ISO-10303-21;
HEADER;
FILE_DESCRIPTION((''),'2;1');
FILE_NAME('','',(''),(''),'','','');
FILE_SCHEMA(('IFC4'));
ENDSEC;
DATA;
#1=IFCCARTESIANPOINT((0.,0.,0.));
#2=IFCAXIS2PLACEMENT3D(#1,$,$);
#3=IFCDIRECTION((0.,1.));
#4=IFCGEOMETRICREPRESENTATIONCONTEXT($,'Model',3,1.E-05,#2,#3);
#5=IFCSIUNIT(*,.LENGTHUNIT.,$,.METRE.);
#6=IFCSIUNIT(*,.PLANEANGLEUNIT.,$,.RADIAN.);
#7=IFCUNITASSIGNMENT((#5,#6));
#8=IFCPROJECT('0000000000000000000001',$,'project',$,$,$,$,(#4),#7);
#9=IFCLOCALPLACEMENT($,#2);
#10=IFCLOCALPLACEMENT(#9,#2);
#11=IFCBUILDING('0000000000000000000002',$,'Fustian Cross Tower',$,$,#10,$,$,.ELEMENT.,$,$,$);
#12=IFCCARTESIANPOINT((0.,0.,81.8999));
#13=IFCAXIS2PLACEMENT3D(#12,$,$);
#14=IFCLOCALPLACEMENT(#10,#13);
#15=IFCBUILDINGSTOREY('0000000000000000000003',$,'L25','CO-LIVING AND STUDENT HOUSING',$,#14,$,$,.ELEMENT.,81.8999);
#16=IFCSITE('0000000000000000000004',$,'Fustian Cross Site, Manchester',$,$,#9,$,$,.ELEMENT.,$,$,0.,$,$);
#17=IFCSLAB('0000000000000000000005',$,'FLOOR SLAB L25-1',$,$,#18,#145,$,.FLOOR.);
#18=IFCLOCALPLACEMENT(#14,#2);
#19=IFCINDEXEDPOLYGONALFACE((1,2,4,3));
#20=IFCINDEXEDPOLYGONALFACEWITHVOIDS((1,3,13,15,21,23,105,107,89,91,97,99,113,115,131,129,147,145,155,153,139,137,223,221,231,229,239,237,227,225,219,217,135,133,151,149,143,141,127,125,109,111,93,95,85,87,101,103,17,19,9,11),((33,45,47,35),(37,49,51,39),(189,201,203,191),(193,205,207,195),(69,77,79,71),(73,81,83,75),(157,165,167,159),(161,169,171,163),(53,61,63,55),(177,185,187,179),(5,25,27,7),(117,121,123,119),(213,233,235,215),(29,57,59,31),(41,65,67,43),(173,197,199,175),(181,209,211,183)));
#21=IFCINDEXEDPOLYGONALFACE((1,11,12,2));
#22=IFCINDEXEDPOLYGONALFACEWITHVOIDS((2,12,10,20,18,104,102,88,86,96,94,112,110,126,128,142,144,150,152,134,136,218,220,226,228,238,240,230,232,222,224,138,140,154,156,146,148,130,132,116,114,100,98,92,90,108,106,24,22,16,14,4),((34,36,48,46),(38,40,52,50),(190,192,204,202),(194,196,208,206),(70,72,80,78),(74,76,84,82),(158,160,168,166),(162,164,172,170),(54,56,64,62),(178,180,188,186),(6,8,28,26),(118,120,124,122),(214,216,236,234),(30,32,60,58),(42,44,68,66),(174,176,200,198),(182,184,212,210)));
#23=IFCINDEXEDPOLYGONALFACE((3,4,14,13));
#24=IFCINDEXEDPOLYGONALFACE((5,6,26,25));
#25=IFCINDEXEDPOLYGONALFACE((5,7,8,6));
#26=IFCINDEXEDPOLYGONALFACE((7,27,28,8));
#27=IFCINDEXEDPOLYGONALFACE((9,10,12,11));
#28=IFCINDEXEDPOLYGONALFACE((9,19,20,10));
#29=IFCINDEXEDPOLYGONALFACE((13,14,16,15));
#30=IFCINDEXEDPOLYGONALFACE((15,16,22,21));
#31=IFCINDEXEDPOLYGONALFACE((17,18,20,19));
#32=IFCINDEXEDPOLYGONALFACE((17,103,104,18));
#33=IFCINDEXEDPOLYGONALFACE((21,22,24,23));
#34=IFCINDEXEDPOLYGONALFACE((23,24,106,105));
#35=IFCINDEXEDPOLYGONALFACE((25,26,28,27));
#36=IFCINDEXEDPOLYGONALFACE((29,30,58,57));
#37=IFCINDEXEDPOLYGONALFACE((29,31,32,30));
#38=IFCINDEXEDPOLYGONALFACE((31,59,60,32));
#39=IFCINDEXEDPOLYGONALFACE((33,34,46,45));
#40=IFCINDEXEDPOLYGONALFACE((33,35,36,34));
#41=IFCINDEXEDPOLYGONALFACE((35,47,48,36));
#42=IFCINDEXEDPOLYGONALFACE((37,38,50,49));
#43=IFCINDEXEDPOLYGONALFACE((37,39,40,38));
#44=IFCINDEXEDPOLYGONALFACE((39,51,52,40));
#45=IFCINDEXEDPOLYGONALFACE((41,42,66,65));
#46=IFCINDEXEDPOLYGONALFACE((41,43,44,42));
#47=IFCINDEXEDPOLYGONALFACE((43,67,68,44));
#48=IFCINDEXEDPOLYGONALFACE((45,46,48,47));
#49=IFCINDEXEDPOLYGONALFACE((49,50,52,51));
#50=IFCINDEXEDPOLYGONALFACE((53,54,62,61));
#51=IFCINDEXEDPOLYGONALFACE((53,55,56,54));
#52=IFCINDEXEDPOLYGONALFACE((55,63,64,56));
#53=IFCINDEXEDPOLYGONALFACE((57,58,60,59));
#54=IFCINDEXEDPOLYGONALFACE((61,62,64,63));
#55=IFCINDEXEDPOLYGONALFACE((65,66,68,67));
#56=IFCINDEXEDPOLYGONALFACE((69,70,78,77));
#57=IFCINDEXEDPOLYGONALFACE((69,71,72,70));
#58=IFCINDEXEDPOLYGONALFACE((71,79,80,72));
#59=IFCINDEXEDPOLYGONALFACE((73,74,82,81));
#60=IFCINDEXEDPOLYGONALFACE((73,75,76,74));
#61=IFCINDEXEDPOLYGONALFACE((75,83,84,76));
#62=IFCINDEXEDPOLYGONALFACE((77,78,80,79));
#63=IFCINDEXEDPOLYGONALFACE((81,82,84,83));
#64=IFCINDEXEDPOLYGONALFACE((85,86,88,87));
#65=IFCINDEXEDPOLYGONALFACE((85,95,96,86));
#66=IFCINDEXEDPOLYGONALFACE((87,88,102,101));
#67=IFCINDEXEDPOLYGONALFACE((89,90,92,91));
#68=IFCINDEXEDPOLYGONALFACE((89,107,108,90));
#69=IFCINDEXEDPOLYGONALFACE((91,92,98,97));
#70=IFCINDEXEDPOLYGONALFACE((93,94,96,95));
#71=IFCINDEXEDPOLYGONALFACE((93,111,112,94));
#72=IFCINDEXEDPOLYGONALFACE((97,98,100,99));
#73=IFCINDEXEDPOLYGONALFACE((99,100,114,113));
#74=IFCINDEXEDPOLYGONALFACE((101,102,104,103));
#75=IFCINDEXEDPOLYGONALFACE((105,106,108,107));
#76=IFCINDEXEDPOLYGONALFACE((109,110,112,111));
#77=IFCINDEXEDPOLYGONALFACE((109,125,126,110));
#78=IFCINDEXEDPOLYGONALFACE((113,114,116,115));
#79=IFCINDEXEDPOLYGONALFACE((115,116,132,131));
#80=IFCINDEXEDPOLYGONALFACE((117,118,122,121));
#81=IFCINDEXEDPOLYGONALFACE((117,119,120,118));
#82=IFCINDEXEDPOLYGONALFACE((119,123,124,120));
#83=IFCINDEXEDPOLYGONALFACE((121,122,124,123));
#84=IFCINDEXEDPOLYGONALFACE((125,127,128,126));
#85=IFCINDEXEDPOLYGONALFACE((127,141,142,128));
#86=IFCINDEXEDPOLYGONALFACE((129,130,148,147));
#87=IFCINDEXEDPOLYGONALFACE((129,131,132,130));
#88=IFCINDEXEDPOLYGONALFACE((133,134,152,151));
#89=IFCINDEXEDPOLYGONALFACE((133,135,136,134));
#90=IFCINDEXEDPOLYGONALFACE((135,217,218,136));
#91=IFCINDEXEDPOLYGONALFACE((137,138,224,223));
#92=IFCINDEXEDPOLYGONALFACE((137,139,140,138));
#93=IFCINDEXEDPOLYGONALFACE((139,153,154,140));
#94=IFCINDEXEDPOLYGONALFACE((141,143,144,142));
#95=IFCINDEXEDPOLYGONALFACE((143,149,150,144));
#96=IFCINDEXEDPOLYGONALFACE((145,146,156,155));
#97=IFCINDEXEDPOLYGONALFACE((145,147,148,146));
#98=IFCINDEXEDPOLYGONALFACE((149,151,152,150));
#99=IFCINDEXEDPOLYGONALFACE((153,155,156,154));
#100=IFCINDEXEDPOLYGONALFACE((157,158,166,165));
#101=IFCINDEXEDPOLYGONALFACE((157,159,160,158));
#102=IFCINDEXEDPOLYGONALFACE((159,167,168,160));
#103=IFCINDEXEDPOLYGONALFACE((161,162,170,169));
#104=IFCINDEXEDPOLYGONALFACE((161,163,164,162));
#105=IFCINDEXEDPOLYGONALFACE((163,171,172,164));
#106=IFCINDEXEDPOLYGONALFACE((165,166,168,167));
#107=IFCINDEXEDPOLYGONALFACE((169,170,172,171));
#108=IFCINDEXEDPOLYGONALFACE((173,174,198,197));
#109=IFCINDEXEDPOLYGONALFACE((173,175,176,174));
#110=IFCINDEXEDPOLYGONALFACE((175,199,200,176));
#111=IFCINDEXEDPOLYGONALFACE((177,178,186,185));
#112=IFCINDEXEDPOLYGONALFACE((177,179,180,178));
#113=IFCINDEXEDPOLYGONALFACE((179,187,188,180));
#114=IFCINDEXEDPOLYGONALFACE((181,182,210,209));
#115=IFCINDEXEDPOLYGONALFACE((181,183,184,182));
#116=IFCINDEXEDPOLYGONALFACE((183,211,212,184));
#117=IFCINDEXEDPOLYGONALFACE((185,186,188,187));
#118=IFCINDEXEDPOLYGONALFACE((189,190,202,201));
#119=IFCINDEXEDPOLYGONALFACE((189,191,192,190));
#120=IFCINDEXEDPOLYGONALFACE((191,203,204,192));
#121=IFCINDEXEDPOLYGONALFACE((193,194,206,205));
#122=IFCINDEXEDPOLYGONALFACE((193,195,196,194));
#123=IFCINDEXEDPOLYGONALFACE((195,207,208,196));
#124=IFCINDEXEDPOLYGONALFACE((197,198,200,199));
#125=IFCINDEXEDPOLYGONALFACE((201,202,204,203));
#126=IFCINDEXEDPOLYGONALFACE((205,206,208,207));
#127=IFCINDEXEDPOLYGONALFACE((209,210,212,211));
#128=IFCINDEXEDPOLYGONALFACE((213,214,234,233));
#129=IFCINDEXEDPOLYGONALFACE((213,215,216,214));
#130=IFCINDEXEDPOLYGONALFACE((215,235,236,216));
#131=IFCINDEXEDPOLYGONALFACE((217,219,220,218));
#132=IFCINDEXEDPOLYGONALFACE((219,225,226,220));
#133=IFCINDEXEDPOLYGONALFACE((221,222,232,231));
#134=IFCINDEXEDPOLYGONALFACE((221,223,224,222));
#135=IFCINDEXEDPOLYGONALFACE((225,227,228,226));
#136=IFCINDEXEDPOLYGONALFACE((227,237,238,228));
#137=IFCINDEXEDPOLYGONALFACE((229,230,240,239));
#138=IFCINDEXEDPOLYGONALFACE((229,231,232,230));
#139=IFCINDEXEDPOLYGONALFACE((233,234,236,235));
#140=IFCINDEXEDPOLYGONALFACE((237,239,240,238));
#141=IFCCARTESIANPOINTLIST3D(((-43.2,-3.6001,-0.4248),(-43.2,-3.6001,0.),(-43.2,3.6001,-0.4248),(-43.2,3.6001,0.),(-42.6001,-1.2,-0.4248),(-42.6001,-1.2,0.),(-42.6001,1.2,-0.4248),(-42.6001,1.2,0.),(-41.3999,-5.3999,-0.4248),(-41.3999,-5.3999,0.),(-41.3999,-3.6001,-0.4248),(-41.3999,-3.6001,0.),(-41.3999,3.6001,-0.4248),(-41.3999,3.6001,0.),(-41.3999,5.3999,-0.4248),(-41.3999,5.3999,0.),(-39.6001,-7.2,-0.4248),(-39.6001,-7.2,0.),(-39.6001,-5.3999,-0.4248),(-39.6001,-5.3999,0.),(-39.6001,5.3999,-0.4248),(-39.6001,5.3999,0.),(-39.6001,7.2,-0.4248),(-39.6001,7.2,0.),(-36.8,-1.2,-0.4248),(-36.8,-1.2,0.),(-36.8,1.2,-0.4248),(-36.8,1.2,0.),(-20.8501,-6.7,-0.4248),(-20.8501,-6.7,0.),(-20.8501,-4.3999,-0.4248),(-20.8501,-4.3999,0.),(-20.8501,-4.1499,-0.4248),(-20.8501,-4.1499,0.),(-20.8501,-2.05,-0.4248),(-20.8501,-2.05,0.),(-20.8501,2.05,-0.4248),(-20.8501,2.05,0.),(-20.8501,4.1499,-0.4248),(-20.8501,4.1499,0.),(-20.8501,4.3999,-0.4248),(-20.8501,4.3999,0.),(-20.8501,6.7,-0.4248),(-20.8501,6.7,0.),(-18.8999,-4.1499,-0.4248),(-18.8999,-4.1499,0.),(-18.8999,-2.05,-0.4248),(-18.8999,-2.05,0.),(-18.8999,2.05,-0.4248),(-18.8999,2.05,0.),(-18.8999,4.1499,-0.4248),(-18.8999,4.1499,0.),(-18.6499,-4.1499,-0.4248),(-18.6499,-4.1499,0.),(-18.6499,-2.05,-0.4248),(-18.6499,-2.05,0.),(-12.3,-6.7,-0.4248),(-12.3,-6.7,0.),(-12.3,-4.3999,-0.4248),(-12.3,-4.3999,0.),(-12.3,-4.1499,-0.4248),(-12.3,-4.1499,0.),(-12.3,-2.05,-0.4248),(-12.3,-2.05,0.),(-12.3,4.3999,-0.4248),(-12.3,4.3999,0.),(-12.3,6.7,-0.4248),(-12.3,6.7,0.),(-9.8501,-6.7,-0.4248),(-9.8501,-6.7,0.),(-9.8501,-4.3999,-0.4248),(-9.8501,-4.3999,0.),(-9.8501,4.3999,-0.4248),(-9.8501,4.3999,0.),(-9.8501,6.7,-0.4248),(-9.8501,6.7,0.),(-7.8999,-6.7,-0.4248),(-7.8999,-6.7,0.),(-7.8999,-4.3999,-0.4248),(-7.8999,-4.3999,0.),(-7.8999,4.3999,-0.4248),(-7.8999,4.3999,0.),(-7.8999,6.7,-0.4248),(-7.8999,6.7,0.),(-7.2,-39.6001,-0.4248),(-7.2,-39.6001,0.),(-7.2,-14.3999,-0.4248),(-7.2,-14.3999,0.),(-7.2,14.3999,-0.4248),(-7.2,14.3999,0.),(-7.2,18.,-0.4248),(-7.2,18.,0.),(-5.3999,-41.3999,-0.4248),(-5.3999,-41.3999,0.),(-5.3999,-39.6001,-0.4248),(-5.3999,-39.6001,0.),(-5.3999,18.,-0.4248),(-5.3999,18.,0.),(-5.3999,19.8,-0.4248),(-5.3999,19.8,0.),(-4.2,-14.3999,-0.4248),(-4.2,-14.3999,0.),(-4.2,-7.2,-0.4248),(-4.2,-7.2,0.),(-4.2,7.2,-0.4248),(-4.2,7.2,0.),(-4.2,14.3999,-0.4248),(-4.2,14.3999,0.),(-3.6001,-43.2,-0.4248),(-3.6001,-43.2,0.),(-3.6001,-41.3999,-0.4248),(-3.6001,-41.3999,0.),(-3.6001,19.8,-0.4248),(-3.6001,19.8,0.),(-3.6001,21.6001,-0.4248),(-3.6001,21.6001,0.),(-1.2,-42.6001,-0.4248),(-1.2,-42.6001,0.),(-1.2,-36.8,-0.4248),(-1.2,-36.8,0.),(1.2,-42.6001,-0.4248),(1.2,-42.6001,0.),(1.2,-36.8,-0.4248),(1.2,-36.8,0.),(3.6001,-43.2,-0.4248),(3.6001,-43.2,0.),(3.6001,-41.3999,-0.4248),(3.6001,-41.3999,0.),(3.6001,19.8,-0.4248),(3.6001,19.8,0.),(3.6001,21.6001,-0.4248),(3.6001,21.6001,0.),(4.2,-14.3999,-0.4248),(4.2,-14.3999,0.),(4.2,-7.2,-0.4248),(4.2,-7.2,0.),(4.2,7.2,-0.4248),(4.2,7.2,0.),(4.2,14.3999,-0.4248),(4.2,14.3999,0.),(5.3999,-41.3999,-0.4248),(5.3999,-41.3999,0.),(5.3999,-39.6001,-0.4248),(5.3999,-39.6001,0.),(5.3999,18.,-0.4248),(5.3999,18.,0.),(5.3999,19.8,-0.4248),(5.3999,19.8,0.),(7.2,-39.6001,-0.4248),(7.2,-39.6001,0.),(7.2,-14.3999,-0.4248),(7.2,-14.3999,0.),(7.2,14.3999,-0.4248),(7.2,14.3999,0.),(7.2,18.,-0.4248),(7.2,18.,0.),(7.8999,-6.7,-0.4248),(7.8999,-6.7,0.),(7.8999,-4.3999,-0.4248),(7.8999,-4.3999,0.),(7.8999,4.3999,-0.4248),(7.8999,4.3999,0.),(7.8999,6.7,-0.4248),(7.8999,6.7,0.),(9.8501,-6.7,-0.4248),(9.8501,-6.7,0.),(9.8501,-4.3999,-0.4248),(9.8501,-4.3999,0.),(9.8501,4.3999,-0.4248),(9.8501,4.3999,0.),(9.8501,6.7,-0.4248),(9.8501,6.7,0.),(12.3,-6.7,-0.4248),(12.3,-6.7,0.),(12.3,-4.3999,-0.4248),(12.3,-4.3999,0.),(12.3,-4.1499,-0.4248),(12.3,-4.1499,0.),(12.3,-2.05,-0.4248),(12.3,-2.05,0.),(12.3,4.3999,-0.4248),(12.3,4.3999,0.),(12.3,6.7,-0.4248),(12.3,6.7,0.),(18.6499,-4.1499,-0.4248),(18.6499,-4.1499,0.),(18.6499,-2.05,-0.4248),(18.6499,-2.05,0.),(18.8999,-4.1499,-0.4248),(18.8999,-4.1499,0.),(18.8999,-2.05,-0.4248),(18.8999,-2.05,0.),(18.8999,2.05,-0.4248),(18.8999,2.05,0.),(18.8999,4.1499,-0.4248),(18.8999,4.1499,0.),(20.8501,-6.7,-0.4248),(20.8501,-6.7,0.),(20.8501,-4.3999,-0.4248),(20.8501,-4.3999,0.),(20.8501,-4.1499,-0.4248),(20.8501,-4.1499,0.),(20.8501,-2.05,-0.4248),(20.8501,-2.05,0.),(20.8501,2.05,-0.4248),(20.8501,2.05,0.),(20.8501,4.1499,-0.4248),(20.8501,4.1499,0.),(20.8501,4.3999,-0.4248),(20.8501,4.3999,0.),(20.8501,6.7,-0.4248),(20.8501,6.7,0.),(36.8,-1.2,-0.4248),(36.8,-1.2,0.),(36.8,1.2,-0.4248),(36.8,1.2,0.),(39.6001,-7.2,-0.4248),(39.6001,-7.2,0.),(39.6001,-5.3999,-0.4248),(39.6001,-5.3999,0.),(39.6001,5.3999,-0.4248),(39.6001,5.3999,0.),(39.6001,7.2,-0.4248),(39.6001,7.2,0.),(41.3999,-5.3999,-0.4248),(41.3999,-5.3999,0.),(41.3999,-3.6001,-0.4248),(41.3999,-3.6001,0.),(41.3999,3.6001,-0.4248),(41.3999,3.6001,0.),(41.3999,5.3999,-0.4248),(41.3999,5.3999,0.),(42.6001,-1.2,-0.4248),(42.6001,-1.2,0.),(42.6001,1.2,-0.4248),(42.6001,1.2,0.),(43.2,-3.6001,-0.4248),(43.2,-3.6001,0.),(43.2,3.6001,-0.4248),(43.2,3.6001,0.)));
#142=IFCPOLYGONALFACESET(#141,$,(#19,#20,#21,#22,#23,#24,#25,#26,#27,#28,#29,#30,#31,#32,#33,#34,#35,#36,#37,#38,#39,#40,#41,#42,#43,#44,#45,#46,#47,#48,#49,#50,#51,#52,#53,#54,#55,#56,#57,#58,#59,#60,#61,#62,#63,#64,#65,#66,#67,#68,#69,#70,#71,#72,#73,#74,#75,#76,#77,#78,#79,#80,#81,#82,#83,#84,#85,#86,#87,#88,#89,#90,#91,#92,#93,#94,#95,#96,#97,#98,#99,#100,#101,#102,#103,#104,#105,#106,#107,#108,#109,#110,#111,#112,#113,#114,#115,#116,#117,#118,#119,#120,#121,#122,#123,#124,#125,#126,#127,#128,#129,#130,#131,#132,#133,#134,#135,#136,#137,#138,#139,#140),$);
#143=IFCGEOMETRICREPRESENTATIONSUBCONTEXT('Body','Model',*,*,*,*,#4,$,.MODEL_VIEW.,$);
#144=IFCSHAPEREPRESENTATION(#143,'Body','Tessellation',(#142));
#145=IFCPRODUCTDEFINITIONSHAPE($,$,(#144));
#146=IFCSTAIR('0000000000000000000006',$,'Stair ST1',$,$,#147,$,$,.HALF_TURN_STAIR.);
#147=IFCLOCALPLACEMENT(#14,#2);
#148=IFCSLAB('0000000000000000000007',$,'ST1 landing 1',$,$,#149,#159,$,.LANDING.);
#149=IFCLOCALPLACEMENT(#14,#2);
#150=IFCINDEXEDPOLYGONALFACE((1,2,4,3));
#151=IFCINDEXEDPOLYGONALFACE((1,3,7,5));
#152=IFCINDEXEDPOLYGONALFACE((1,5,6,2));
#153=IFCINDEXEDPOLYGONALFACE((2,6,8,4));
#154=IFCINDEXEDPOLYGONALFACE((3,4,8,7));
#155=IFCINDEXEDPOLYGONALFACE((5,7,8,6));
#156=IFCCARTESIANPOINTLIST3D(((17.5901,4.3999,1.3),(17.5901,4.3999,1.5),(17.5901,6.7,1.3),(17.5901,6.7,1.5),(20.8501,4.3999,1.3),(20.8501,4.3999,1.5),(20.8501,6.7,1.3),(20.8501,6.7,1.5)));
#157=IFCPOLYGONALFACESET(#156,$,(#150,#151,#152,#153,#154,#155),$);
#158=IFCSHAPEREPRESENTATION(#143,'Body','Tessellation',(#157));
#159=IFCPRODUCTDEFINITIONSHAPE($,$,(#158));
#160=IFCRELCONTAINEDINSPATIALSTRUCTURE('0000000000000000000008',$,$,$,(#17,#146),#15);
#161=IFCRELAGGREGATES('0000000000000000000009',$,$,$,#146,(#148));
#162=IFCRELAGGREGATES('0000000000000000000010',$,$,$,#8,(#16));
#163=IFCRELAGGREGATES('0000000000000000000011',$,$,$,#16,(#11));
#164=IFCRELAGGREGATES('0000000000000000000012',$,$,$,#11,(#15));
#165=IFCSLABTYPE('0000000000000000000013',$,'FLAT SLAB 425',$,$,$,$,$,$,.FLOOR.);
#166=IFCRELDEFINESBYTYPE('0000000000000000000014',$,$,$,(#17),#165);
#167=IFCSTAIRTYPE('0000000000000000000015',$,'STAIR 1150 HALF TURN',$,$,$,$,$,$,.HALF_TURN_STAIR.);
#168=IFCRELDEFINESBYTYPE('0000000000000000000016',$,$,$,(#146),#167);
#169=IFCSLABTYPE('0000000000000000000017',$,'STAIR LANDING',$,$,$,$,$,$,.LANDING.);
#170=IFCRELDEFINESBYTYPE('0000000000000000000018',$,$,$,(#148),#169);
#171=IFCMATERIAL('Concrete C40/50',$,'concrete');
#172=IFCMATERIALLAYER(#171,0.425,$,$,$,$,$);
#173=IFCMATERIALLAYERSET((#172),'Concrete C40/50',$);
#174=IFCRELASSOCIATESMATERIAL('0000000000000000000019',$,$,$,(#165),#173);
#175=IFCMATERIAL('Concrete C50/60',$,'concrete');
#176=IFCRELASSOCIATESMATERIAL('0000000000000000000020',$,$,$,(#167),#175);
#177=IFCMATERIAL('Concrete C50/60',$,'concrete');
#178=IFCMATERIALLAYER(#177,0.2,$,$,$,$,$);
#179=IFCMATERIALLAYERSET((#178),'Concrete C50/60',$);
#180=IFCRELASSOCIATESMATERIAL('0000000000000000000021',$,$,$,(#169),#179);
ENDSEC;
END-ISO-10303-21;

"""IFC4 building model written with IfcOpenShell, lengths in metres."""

from ifc_helpers import new_model, si_unit, direction, frame, origin, place, context, subcontext, project, spatial, polyline, outline, extrude, material, layer, layer_set, type_object, element, aggregate, save


model = new_model("IFC4")

# Units and contexts
model_context = context("Model", 3, precision=1e-05, world=origin(), true_north=direction((0.0, 1.0)))
body_context = subcontext(model_context, "Body", "Model", "MODEL_VIEW")
ifc_project = project(units=[si_unit("LENGTHUNIT", "METRE"), si_unit("PLANEANGLEUNIT", "RADIAN")], contexts=[model_context])

# Site, building, storey
site_placement = place(None, origin())
site = spatial("IfcSite", under=ifc_project, at=site_placement, Name="Fustian Cross Site, Manchester", CompositionType="ELEMENT", RefElevation=0.0)
building_placement = place(site_placement, origin())
building = spatial("IfcBuilding", under=site, at=building_placement, Name="Fustian Cross Tower", CompositionType="ELEMENT")
storey_placement = place(building_placement, frame((0.0, 0.0, 81.8999)))
storey = spatial("IfcBuildingStorey", under=building, at=storey_placement, Name="L25", Description="CO-LIVING AND STUDENT HOUSING", CompositionType="ELEMENT", Elevation=81.8999)

# Slab
ifc_material_1 = material(Name="Concrete C40/50", Category="concrete")
ifc_layer_1 = layer(ifc_material_1, 0.425)
ifc_layer_set_1 = layer_set([ifc_layer_1], Name="Concrete C40/50")
slab_type_1 = type_object("IfcSlabType", Name="FLAT SLAB 425", PredefinedType="FLOOR", material=ifc_layer_set_1)
slab_1_placement = place(storey_placement, frame((0.0, 0.0, -0.4248)))
element("IfcSlab", 1, at=slab_1_placement, inside=storey, type_object=slab_type_1, Name="FLOOR SLAB L25-1", PredefinedType="FLOOR", context=body_context, shape_type="SweptSolid", body=[
    extrude(outline(polyline([(-4.2, -7.2), (-39.6001, -7.2), (-39.6001, -5.3999), (-41.3999, -5.3999), (-41.3999, -3.6001), (-43.2, -3.6001), (-43.2, 3.6001), (-41.3999, 3.6001), (-41.3999, 5.3999), (-39.6001, 5.3999), (-39.6001, 7.2), (-4.2, 7.2), (-4.2, 14.3999), (-7.2, 14.3999), (-7.2, 18.0), (-5.3999, 18.0), (-5.3999, 19.8), (-3.6001, 19.8), (-3.6001, 21.6001), (3.6001, 21.6001), (3.6001, 19.8), (5.3999, 19.8), (5.3999, 18.0), (7.2, 18.0), (7.2, 14.3999), (4.2, 14.3999), (4.2, 7.2), (39.6001, 7.2), (39.6001, 5.3999), (41.3999, 5.3999), (41.3999, 3.6001), (43.2, 3.6001), (43.2, -3.6001), (41.3999, -3.6001), (41.3999, -5.3999), (39.6001, -5.3999), (39.6001, -7.2), (4.2, -7.2), (4.2, -14.3999), (7.2, -14.3999), (7.2, -39.6001), (5.3999, -39.6001), (5.3999, -41.3999), (3.6001, -41.3999), (3.6001, -43.2), (-3.6001, -43.2), (-3.6001, -41.3999), (-5.3999, -41.3999), (-5.3999, -39.6001), (-7.2, -39.6001), (-7.2, -14.3999), (-4.2, -14.3999), (-4.2, -7.2)]), holes=[polyline([(20.8501, -2.05), (18.8999, -2.05), (18.8999, -4.1499), (20.8501, -4.1499), (20.8501, -2.05)]), polyline([(20.8501, 2.05), (20.8501, 4.1499), (18.8999, 4.1499), (18.8999, 2.05), (20.8501, 2.05)]), polyline([(7.8999, 4.3999), (9.8501, 4.3999), (9.8501, 6.7), (7.8999, 6.7), (7.8999, 4.3999)]), polyline([(7.8999, -4.3999), (7.8999, -6.7), (9.8501, -6.7), (9.8501, -4.3999), (7.8999, -4.3999)]), polyline([(-18.8999, -2.05), (-20.8501, -2.05), (-20.8501, -4.1499), (-18.8999, -4.1499), (-18.8999, -2.05)]), polyline([(-18.8999, 2.05), (-18.8999, 4.1499), (-20.8501, 4.1499), (-20.8501, 2.05), (-18.8999, 2.05)]), polyline([(-9.8501, 4.3999), (-7.8999, 4.3999), (-7.8999, 6.7), (-9.8501, 6.7), (-9.8501, 4.3999)]), polyline([(-9.8501, -4.3999), (-9.8501, -6.7), (-7.8999, -6.7), (-7.8999, -4.3999), (-9.8501, -4.3999)]), polyline([(18.6499, -2.05), (12.3, -2.05), (12.3, -4.1499), (18.6499, -4.1499), (18.6499, -2.05)]), polyline([(-12.3, -4.1499), (-12.3, -2.05), (-18.6499, -2.05), (-18.6499, -4.1499), (-12.3, -4.1499)]), polyline([(12.3, 4.3999), (20.8501, 4.3999), (20.8501, 6.7), (12.3, 6.7), (12.3, 4.3999)]), polyline([(12.3, -4.3999), (12.3, -6.7), (20.8501, -6.7), (20.8501, -4.3999), (12.3, -4.3999)]), polyline([(-12.3, 6.7), (-20.8501, 6.7), (-20.8501, 4.3999), (-12.3, 4.3999), (-12.3, 6.7)]), polyline([(-12.3, -6.7), (-12.3, -4.3999), (-20.8501, -4.3999), (-20.8501, -6.7), (-12.3, -6.7)]), polyline([(-1.2, -42.6001), (1.2, -42.6001), (1.2, -36.8), (-1.2, -36.8), (-1.2, -42.6001)]), polyline([(36.8, 1.2), (36.8, -1.2), (42.6001, -1.2), (42.6001, 1.2), (36.8, 1.2)]), polyline([(-36.8, 1.2), (-42.6001, 1.2), (-42.6001, -1.2), (-36.8, -1.2), (-36.8, 1.2)])]), origin(), (0.0, 0.0, 1.0), 0.4248),
])

# Stair, slab
ifc_material_2 = material(Name="Concrete C50/60", Category="concrete")
stair_type = type_object("IfcStairType", Name="STAIR 1150 HALF TURN", PredefinedType="HALF_TURN_STAIR", material=ifc_material_2)
stair_placement = place(storey_placement, origin())
stair = element("IfcStair", 2, at=stair_placement, inside=storey, type_object=stair_type, Name="Stair ST1", PredefinedType="HALF_TURN_STAIR")
ifc_material_3 = material(Name="Concrete C50/60", Category="concrete")
ifc_layer_2 = layer(ifc_material_3, 0.2)
ifc_layer_set_2 = layer_set([ifc_layer_2], Name="Concrete C50/60")
slab_type_2 = type_object("IfcSlabType", Name="STAIR LANDING", PredefinedType="LANDING", material=ifc_layer_set_2)
slab_2_placement = place(storey_placement, frame((0.0, 0.0, 1.3)))
slab_2 = element("IfcSlab", 3, at=slab_2_placement, type_object=slab_type_2, Name="ST1 landing 1", PredefinedType="LANDING", context=body_context, shape_type="SweptSolid", body=[
    extrude(outline(polyline([(17.5901, 4.3999), (20.8501, 4.3999), (20.8501, 6.7), (17.5901, 6.7), (17.5901, 4.3999)])), origin(), (0.0, 0.0, 1.0), 0.2),
])
aggregate(stair, [slab_2])

save(model, "model.ifc")
